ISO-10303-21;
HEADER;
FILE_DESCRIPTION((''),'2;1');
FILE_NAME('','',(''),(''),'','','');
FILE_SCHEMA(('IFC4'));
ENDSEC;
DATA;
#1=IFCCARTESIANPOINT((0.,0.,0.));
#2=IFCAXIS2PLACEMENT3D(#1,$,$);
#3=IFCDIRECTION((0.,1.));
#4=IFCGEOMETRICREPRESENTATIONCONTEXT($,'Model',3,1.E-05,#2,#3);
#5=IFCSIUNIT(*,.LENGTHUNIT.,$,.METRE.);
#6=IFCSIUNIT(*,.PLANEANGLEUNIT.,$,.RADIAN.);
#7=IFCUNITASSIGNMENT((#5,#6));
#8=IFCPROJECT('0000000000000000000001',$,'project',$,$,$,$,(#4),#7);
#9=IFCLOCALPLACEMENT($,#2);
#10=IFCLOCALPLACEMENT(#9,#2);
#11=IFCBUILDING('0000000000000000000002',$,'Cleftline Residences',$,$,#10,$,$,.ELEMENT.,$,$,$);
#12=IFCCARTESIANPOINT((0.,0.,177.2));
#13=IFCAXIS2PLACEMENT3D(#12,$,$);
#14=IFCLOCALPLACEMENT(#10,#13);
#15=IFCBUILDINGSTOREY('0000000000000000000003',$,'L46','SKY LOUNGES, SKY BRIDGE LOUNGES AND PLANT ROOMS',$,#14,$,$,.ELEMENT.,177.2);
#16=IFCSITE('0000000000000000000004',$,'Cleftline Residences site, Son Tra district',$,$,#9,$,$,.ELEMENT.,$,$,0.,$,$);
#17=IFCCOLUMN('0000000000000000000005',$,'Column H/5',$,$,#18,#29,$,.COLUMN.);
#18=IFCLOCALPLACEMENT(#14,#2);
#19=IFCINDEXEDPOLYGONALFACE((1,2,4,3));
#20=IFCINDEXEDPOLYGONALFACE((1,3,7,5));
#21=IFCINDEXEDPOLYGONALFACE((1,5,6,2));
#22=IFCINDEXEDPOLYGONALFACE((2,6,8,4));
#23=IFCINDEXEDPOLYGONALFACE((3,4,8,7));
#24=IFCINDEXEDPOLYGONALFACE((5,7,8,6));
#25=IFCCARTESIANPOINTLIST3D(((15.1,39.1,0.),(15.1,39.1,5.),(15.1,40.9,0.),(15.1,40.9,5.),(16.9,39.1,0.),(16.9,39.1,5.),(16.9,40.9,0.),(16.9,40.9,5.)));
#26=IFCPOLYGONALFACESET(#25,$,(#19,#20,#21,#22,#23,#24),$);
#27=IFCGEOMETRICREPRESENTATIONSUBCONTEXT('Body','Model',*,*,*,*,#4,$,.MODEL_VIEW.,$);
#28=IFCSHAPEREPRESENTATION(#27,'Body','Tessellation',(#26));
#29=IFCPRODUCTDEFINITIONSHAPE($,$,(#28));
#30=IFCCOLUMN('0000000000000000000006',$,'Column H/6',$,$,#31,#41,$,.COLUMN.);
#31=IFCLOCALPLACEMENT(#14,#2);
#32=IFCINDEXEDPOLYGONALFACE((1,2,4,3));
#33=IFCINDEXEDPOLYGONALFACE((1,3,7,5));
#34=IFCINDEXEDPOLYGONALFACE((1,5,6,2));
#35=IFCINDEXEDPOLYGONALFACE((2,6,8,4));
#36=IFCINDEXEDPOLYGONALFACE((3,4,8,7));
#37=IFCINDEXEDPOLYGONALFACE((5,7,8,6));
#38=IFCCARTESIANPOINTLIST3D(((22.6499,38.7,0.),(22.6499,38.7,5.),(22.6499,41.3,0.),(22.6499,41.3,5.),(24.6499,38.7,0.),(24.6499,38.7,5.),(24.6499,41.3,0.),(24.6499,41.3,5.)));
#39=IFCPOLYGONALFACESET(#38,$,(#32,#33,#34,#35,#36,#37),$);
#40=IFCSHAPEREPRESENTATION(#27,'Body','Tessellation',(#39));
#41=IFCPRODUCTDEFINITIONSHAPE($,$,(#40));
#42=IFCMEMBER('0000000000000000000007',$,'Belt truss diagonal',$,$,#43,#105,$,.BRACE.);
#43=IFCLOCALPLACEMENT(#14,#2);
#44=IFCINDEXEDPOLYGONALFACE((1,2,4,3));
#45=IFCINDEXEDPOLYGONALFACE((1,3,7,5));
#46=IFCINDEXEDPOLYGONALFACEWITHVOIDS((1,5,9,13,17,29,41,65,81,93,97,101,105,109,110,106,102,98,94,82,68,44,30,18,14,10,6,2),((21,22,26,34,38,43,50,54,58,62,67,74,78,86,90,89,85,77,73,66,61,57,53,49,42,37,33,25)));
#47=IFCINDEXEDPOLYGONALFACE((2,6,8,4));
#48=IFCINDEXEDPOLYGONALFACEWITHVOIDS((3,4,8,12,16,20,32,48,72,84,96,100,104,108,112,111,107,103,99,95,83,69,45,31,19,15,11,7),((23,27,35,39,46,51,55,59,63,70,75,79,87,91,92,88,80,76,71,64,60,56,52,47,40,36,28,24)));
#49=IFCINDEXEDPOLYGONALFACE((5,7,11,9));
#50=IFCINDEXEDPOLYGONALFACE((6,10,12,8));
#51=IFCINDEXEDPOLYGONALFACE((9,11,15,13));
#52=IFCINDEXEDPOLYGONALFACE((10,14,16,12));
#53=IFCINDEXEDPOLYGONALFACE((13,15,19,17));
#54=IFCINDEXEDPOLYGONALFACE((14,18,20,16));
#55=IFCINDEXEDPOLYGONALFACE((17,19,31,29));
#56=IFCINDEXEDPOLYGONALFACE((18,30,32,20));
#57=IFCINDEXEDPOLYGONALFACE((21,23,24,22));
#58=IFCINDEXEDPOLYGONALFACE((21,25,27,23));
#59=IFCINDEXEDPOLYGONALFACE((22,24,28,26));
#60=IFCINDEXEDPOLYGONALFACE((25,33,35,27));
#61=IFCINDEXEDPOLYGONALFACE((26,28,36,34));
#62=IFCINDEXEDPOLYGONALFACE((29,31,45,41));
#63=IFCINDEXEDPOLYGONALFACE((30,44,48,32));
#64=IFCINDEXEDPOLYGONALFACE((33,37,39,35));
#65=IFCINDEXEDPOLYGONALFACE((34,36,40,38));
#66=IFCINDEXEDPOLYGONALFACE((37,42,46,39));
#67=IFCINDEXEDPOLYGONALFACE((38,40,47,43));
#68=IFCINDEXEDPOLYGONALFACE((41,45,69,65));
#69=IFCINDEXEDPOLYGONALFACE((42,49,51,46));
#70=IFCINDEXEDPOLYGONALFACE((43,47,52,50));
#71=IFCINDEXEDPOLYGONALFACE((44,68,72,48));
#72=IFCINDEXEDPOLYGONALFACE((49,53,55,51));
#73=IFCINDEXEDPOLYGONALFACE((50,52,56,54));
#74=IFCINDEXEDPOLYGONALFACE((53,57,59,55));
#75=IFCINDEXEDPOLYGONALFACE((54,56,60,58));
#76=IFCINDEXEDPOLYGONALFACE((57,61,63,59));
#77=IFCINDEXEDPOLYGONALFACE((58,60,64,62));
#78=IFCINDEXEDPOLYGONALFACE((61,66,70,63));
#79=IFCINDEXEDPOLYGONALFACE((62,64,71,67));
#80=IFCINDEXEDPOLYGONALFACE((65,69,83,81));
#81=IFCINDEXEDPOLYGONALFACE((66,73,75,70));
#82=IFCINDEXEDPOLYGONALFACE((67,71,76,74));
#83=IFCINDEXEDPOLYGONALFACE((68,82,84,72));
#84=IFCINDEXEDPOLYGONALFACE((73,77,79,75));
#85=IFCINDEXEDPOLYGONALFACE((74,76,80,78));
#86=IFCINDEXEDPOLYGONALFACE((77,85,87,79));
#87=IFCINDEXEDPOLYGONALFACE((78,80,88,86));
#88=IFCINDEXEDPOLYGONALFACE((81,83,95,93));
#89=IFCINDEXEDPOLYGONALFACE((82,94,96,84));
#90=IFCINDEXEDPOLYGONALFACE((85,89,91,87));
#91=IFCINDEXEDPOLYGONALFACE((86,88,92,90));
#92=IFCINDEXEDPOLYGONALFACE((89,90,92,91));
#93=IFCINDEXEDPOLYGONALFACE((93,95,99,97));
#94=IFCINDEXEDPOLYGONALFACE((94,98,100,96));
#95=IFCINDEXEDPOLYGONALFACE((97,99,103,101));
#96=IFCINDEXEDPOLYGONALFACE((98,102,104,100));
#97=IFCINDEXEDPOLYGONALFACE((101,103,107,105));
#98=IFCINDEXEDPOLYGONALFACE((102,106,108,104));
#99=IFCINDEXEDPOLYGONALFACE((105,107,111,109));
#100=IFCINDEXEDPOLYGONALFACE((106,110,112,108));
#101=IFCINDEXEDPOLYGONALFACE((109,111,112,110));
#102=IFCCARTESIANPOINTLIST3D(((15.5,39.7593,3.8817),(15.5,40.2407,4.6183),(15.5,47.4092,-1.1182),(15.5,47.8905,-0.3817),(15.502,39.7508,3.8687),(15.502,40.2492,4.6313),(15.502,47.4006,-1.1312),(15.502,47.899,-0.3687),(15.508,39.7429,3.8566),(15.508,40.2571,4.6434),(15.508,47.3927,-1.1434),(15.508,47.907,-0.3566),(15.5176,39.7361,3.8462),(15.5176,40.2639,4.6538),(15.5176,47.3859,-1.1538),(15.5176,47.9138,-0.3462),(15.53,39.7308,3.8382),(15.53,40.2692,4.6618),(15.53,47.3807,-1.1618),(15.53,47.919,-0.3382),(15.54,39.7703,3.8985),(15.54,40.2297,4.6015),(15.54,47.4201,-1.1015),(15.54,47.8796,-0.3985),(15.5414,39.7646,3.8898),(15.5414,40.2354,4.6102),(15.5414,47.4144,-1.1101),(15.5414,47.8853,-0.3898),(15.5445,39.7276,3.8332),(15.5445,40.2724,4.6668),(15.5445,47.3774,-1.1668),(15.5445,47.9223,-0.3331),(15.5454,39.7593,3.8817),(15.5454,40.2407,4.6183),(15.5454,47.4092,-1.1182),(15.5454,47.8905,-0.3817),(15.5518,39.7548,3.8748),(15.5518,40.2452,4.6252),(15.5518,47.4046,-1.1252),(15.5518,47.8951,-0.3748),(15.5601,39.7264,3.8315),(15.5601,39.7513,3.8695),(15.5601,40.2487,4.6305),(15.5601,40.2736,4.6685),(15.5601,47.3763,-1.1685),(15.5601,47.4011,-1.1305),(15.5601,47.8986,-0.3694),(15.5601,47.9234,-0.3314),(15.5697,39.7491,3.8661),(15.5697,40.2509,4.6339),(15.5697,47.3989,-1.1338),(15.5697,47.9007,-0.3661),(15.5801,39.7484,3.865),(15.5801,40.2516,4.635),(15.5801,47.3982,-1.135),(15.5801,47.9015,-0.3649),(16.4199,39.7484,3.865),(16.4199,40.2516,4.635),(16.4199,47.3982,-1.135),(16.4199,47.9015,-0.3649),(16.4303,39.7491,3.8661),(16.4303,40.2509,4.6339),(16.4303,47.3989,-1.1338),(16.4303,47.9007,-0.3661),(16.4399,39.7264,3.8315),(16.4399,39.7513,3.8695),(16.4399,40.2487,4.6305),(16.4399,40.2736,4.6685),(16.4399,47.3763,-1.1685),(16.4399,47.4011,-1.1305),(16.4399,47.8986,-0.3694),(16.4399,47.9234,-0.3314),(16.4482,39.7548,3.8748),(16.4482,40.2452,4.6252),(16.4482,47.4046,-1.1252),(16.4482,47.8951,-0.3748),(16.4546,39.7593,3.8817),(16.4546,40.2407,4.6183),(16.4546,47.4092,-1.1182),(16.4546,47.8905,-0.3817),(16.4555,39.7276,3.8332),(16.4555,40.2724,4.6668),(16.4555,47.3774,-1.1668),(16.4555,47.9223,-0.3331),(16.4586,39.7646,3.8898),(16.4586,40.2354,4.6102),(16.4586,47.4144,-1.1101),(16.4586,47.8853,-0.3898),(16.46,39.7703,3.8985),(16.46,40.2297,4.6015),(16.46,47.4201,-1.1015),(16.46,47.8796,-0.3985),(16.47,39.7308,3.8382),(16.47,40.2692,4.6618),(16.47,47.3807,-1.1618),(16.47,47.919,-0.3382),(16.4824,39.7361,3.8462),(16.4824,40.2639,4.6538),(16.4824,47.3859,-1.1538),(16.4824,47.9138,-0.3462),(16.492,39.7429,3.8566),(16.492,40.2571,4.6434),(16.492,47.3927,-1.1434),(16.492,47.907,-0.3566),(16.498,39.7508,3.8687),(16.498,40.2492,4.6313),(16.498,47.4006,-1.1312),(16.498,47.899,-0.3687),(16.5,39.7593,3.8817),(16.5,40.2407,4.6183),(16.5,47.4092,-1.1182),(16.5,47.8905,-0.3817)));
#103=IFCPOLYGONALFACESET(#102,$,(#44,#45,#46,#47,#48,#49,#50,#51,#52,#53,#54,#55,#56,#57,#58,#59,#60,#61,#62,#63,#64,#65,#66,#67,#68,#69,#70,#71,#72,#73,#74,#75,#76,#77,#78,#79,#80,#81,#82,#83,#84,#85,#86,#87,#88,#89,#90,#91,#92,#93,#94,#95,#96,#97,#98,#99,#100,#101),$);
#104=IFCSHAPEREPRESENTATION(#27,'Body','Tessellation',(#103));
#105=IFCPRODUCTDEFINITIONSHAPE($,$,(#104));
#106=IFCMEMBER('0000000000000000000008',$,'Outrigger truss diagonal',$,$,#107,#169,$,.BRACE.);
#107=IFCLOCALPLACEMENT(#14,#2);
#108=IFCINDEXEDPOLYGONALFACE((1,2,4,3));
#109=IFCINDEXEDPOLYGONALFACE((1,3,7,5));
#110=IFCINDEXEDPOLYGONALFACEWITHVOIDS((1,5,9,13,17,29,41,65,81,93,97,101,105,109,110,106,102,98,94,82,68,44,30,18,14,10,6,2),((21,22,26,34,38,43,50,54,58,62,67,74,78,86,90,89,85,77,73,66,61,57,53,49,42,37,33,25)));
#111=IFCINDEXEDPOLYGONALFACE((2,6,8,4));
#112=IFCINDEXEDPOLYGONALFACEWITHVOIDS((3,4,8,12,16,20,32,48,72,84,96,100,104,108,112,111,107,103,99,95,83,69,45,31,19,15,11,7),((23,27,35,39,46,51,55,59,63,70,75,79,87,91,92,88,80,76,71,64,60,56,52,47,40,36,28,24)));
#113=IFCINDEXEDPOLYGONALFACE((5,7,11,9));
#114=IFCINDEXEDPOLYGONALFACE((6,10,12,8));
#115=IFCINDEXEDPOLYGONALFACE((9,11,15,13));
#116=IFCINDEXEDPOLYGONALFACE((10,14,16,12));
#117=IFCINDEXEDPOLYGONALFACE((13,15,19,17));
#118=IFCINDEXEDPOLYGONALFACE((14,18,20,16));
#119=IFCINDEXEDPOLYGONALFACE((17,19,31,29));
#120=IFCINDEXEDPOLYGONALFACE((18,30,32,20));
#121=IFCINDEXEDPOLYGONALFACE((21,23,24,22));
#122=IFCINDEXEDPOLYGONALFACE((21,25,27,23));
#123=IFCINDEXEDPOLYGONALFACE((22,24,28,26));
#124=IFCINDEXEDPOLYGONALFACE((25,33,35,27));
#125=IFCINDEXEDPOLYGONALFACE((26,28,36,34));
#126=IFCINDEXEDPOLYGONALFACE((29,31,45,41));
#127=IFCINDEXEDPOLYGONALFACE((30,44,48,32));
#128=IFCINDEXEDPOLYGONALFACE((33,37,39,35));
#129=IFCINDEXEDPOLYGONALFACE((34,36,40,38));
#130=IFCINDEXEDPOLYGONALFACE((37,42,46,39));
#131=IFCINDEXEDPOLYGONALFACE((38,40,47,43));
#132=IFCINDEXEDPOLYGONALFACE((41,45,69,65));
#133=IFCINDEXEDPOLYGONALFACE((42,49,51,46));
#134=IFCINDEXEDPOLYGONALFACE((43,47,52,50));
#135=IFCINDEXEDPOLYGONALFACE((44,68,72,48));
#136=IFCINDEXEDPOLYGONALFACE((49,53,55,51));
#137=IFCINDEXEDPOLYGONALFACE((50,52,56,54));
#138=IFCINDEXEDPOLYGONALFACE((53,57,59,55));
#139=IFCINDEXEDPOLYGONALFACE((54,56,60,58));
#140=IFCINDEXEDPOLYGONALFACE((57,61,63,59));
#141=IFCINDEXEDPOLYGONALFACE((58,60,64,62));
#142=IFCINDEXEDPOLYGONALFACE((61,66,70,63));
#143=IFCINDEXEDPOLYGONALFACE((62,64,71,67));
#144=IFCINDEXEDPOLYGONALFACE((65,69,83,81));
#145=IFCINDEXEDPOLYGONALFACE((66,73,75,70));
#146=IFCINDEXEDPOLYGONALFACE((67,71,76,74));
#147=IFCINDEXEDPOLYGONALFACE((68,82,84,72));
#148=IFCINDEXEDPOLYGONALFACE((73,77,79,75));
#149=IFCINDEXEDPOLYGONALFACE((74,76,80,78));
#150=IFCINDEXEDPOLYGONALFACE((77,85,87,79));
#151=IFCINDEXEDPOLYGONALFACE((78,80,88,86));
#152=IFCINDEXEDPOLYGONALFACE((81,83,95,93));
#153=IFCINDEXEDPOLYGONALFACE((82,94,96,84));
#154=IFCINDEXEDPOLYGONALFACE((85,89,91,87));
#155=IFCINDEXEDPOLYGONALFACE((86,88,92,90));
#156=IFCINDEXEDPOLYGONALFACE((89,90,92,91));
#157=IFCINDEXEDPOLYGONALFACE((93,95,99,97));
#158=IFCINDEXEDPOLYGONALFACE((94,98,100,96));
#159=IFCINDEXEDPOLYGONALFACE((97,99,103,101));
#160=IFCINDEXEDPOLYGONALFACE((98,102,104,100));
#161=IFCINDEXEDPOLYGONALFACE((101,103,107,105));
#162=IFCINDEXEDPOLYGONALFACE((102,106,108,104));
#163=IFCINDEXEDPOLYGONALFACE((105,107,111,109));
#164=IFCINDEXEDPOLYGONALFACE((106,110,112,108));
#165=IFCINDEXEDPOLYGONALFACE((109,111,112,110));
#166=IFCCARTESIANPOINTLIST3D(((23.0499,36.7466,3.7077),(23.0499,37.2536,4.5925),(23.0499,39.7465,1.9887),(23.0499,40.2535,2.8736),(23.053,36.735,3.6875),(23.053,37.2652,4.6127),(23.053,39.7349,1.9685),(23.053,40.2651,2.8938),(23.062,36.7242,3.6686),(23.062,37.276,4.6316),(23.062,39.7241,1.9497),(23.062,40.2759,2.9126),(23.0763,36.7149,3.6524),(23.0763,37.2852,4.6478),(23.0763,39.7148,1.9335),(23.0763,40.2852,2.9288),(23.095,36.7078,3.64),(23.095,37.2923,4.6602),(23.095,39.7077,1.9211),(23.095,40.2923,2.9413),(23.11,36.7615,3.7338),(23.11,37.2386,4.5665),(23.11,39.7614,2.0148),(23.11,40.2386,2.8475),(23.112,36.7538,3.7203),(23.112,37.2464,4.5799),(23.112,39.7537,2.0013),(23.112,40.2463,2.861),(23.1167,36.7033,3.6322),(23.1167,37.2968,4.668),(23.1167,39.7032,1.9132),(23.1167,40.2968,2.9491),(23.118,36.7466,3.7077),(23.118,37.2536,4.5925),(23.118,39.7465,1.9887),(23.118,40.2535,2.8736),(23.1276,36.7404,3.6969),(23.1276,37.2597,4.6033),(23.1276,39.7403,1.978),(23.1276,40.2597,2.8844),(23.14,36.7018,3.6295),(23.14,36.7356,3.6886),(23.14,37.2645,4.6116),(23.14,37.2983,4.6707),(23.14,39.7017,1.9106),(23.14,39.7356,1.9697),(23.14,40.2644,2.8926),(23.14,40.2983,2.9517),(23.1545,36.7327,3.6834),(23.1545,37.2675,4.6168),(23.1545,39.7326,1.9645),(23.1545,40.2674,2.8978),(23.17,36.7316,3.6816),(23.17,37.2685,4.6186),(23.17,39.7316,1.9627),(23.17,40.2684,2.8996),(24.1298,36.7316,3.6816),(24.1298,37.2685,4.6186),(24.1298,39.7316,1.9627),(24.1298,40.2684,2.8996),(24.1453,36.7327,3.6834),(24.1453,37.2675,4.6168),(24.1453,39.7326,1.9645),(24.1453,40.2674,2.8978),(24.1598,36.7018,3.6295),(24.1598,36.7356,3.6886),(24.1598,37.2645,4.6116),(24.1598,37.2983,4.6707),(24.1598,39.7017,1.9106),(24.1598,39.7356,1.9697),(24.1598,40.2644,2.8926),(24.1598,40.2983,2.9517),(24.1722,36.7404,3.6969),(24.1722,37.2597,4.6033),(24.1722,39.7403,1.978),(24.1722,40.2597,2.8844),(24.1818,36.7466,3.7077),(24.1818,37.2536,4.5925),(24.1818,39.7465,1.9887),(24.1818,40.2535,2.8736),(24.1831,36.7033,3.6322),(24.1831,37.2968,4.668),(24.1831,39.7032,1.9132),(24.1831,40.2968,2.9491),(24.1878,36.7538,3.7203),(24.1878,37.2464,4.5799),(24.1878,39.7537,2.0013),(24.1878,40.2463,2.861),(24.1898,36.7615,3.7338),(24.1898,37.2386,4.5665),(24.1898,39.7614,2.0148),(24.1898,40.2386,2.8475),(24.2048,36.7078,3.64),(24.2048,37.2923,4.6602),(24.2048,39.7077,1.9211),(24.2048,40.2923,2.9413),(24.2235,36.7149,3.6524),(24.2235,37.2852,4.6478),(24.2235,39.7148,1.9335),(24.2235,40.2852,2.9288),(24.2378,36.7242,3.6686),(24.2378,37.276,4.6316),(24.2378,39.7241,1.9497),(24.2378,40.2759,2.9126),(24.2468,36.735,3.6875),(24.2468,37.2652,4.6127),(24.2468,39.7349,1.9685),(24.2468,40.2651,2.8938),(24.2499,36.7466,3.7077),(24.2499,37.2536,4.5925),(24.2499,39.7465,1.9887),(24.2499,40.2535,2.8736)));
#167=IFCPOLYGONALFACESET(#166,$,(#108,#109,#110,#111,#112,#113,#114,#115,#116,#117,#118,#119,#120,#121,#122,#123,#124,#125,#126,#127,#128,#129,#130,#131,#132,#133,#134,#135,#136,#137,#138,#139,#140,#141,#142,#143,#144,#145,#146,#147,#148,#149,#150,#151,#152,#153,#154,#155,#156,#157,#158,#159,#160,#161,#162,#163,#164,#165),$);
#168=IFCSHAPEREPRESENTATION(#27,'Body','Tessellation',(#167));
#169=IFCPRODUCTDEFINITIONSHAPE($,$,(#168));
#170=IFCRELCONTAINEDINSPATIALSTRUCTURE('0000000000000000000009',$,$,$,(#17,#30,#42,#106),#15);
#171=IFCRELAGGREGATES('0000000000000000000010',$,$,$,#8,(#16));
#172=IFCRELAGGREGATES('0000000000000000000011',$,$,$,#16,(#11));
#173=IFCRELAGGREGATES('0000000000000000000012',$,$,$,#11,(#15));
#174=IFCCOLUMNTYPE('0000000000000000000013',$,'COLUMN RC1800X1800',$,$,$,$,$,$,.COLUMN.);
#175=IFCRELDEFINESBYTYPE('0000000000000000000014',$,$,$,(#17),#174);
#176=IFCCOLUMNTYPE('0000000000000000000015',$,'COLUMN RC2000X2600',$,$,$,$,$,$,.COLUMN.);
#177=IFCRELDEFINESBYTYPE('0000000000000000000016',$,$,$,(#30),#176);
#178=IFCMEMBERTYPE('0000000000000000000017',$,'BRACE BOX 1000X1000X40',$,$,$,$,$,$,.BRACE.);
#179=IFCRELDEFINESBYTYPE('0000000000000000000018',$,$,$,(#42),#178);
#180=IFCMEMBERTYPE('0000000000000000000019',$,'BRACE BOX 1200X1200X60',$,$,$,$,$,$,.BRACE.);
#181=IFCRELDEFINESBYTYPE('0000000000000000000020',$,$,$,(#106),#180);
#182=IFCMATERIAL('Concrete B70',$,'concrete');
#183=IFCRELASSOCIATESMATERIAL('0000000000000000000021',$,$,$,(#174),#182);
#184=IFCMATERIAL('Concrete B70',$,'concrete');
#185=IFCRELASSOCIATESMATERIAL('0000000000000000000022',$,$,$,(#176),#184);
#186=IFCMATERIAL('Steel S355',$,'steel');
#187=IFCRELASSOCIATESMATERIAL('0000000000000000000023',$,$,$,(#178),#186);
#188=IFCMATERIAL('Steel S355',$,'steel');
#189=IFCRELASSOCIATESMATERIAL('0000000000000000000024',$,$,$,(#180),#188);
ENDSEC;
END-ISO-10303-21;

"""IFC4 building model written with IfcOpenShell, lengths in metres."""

from ifc_helpers import new_model, si_unit, direction, frame, origin, origin_2d, place, context, subcontext, project, spatial, rectangle, hollow_rectangle, extrude, material, material_profile, profile_set, type_object, element, save


model = new_model("IFC4")

# Units and contexts
model_context = context("Model", 3, precision=1e-05, world=origin(), true_north=direction((0.0, 1.0)))
body_context = subcontext(model_context, "Body", "Model", "MODEL_VIEW")
ifc_project = project(units=[si_unit("LENGTHUNIT", "METRE"), si_unit("PLANEANGLEUNIT", "RADIAN")], contexts=[model_context])

# Site, building, storey
site_placement = place(None, origin())
site = spatial("IfcSite", under=ifc_project, at=site_placement, Name="Cleftline Residences site, Son Tra district", CompositionType="ELEMENT", RefElevation=0.0)
building_placement = place(site_placement, origin())
building = spatial("IfcBuilding", under=site, at=building_placement, Name="Cleftline Residences", CompositionType="ELEMENT")
storey_placement = place(building_placement, frame((0.0, 0.0, 177.2)))
storey = spatial("IfcBuildingStorey", under=building, at=storey_placement, Name="L46", Description="SKY LOUNGES, SKY BRIDGE LOUNGES AND PLANT ROOMS", CompositionType="ELEMENT", Elevation=177.2)

# Columns
ifc_material_1 = material(Name="Concrete B70", Category="concrete")
ifc_material_profile_1 = material_profile(ifc_material_1, rectangle(XDim=1.8, YDim=1.8, at=origin_2d()))
ifc_profile_set_1 = profile_set([ifc_material_profile_1], Name="Concrete B70")
column_type_1 = type_object("IfcColumnType", Name="COLUMN RC1800X1800", PredefinedType="COLUMN", material=ifc_profile_set_1)
column_1_placement = place(storey_placement, frame((16.0, 40.0, 0.0), z_axis=(0.0, 0.0, 1.0), x_axis=(1.0, 0.0, 0.0)))
element("IfcColumn", 1, at=column_1_placement, inside=storey, type_object=column_type_1, Name="Column H/5", PredefinedType="COLUMN", context=body_context, shape_type="SweptSolid", body=[
    extrude(rectangle(XDim=1.8, YDim=1.8, at=origin_2d()), origin(), (0.0, 0.0, 1.0), 5.0),
])
ifc_material_2 = material(Name="Concrete B70", Category="concrete")
ifc_material_profile_2 = material_profile(ifc_material_2, rectangle(XDim=2.0, YDim=2.6001, at=origin_2d()))
ifc_profile_set_2 = profile_set([ifc_material_profile_2], Name="Concrete B70")
column_type_2 = type_object("IfcColumnType", Name="COLUMN RC2000X2600", PredefinedType="COLUMN", material=ifc_profile_set_2)
column_2_placement = place(storey_placement, frame((23.6499, 40.0, 0.0), z_axis=(0.0, 0.0, 1.0), x_axis=(1.0, 0.0, 0.0)))
element("IfcColumn", 2, at=column_2_placement, inside=storey, type_object=column_type_2, Name="Column H/6", PredefinedType="COLUMN", context=body_context, shape_type="SweptSolid", body=[
    extrude(rectangle(XDim=2.0, YDim=2.6001, at=origin_2d()), origin(), (0.0, 0.0, 1.0), 5.0),
])

# Members
ifc_material_3 = material(Name="Steel S355", Category="steel")
ifc_material_profile_3 = material_profile(ifc_material_3, hollow_rectangle(XDim=1.0, YDim=1.0, WallThickness=0.04, InnerFilletRadius=0.04, OuterFilletRadius=0.0601, at=origin_2d()))
ifc_profile_set_3 = profile_set([ifc_material_profile_3], Name="Steel S355")
member_type_1 = type_object("IfcMemberType", Name="BRACE BOX 1000X1000X40", PredefinedType="BRACE", material=ifc_profile_set_3)
member_1_placement = place(storey_placement, frame((16.0, 40.0, 4.25), z_axis=(0.0, 0.837063, -0.547107), x_axis=(0.0, 0.547107, 0.837063)))
element("IfcMember", 3, at=member_1_placement, inside=storey, type_object=member_type_1, Name="Belt truss diagonal", PredefinedType="BRACE", context=body_context, shape_type="SweptSolid", body=[
    extrude(hollow_rectangle(XDim=1.0, YDim=1.0, WallThickness=0.04, InnerFilletRadius=0.04, OuterFilletRadius=0.0601, at=origin_2d()), origin(), (0.0, 0.0, 1.0), 9.1389),
])
ifc_material_4 = material(Name="Steel S355", Category="steel")
ifc_material_profile_4 = material_profile(ifc_material_4, hollow_rectangle(XDim=1.2, YDim=1.2, WallThickness=0.0601, InnerFilletRadius=0.0601, OuterFilletRadius=0.0901, at=origin_2d()))
ifc_profile_set_4 = profile_set([ifc_material_profile_4], Name="Steel S355")
member_type_2 = type_object("IfcMemberType", Name="BRACE BOX 1200X1200X60", PredefinedType="BRACE", material=ifc_profile_set_4)
member_2_placement = place(storey_placement, frame((23.6499, 40.0, 2.4312), z_axis=(0.0, -0.867656, 0.497165), x_axis=(0.0, 0.497165, 0.867656)))
element("IfcMember", 4, at=member_2_placement, inside=storey, type_object=member_type_2, Name="Outrigger truss diagonal", PredefinedType="BRACE", context=body_context, shape_type="SweptSolid", body=[
    extrude(hollow_rectangle(XDim=1.2, YDim=1.2, WallThickness=0.0601, InnerFilletRadius=0.0601, OuterFilletRadius=0.0901, at=origin_2d()), origin(), (0.0, 0.0, 1.0), 3.4575),
])

save(model, "model.ifc")
